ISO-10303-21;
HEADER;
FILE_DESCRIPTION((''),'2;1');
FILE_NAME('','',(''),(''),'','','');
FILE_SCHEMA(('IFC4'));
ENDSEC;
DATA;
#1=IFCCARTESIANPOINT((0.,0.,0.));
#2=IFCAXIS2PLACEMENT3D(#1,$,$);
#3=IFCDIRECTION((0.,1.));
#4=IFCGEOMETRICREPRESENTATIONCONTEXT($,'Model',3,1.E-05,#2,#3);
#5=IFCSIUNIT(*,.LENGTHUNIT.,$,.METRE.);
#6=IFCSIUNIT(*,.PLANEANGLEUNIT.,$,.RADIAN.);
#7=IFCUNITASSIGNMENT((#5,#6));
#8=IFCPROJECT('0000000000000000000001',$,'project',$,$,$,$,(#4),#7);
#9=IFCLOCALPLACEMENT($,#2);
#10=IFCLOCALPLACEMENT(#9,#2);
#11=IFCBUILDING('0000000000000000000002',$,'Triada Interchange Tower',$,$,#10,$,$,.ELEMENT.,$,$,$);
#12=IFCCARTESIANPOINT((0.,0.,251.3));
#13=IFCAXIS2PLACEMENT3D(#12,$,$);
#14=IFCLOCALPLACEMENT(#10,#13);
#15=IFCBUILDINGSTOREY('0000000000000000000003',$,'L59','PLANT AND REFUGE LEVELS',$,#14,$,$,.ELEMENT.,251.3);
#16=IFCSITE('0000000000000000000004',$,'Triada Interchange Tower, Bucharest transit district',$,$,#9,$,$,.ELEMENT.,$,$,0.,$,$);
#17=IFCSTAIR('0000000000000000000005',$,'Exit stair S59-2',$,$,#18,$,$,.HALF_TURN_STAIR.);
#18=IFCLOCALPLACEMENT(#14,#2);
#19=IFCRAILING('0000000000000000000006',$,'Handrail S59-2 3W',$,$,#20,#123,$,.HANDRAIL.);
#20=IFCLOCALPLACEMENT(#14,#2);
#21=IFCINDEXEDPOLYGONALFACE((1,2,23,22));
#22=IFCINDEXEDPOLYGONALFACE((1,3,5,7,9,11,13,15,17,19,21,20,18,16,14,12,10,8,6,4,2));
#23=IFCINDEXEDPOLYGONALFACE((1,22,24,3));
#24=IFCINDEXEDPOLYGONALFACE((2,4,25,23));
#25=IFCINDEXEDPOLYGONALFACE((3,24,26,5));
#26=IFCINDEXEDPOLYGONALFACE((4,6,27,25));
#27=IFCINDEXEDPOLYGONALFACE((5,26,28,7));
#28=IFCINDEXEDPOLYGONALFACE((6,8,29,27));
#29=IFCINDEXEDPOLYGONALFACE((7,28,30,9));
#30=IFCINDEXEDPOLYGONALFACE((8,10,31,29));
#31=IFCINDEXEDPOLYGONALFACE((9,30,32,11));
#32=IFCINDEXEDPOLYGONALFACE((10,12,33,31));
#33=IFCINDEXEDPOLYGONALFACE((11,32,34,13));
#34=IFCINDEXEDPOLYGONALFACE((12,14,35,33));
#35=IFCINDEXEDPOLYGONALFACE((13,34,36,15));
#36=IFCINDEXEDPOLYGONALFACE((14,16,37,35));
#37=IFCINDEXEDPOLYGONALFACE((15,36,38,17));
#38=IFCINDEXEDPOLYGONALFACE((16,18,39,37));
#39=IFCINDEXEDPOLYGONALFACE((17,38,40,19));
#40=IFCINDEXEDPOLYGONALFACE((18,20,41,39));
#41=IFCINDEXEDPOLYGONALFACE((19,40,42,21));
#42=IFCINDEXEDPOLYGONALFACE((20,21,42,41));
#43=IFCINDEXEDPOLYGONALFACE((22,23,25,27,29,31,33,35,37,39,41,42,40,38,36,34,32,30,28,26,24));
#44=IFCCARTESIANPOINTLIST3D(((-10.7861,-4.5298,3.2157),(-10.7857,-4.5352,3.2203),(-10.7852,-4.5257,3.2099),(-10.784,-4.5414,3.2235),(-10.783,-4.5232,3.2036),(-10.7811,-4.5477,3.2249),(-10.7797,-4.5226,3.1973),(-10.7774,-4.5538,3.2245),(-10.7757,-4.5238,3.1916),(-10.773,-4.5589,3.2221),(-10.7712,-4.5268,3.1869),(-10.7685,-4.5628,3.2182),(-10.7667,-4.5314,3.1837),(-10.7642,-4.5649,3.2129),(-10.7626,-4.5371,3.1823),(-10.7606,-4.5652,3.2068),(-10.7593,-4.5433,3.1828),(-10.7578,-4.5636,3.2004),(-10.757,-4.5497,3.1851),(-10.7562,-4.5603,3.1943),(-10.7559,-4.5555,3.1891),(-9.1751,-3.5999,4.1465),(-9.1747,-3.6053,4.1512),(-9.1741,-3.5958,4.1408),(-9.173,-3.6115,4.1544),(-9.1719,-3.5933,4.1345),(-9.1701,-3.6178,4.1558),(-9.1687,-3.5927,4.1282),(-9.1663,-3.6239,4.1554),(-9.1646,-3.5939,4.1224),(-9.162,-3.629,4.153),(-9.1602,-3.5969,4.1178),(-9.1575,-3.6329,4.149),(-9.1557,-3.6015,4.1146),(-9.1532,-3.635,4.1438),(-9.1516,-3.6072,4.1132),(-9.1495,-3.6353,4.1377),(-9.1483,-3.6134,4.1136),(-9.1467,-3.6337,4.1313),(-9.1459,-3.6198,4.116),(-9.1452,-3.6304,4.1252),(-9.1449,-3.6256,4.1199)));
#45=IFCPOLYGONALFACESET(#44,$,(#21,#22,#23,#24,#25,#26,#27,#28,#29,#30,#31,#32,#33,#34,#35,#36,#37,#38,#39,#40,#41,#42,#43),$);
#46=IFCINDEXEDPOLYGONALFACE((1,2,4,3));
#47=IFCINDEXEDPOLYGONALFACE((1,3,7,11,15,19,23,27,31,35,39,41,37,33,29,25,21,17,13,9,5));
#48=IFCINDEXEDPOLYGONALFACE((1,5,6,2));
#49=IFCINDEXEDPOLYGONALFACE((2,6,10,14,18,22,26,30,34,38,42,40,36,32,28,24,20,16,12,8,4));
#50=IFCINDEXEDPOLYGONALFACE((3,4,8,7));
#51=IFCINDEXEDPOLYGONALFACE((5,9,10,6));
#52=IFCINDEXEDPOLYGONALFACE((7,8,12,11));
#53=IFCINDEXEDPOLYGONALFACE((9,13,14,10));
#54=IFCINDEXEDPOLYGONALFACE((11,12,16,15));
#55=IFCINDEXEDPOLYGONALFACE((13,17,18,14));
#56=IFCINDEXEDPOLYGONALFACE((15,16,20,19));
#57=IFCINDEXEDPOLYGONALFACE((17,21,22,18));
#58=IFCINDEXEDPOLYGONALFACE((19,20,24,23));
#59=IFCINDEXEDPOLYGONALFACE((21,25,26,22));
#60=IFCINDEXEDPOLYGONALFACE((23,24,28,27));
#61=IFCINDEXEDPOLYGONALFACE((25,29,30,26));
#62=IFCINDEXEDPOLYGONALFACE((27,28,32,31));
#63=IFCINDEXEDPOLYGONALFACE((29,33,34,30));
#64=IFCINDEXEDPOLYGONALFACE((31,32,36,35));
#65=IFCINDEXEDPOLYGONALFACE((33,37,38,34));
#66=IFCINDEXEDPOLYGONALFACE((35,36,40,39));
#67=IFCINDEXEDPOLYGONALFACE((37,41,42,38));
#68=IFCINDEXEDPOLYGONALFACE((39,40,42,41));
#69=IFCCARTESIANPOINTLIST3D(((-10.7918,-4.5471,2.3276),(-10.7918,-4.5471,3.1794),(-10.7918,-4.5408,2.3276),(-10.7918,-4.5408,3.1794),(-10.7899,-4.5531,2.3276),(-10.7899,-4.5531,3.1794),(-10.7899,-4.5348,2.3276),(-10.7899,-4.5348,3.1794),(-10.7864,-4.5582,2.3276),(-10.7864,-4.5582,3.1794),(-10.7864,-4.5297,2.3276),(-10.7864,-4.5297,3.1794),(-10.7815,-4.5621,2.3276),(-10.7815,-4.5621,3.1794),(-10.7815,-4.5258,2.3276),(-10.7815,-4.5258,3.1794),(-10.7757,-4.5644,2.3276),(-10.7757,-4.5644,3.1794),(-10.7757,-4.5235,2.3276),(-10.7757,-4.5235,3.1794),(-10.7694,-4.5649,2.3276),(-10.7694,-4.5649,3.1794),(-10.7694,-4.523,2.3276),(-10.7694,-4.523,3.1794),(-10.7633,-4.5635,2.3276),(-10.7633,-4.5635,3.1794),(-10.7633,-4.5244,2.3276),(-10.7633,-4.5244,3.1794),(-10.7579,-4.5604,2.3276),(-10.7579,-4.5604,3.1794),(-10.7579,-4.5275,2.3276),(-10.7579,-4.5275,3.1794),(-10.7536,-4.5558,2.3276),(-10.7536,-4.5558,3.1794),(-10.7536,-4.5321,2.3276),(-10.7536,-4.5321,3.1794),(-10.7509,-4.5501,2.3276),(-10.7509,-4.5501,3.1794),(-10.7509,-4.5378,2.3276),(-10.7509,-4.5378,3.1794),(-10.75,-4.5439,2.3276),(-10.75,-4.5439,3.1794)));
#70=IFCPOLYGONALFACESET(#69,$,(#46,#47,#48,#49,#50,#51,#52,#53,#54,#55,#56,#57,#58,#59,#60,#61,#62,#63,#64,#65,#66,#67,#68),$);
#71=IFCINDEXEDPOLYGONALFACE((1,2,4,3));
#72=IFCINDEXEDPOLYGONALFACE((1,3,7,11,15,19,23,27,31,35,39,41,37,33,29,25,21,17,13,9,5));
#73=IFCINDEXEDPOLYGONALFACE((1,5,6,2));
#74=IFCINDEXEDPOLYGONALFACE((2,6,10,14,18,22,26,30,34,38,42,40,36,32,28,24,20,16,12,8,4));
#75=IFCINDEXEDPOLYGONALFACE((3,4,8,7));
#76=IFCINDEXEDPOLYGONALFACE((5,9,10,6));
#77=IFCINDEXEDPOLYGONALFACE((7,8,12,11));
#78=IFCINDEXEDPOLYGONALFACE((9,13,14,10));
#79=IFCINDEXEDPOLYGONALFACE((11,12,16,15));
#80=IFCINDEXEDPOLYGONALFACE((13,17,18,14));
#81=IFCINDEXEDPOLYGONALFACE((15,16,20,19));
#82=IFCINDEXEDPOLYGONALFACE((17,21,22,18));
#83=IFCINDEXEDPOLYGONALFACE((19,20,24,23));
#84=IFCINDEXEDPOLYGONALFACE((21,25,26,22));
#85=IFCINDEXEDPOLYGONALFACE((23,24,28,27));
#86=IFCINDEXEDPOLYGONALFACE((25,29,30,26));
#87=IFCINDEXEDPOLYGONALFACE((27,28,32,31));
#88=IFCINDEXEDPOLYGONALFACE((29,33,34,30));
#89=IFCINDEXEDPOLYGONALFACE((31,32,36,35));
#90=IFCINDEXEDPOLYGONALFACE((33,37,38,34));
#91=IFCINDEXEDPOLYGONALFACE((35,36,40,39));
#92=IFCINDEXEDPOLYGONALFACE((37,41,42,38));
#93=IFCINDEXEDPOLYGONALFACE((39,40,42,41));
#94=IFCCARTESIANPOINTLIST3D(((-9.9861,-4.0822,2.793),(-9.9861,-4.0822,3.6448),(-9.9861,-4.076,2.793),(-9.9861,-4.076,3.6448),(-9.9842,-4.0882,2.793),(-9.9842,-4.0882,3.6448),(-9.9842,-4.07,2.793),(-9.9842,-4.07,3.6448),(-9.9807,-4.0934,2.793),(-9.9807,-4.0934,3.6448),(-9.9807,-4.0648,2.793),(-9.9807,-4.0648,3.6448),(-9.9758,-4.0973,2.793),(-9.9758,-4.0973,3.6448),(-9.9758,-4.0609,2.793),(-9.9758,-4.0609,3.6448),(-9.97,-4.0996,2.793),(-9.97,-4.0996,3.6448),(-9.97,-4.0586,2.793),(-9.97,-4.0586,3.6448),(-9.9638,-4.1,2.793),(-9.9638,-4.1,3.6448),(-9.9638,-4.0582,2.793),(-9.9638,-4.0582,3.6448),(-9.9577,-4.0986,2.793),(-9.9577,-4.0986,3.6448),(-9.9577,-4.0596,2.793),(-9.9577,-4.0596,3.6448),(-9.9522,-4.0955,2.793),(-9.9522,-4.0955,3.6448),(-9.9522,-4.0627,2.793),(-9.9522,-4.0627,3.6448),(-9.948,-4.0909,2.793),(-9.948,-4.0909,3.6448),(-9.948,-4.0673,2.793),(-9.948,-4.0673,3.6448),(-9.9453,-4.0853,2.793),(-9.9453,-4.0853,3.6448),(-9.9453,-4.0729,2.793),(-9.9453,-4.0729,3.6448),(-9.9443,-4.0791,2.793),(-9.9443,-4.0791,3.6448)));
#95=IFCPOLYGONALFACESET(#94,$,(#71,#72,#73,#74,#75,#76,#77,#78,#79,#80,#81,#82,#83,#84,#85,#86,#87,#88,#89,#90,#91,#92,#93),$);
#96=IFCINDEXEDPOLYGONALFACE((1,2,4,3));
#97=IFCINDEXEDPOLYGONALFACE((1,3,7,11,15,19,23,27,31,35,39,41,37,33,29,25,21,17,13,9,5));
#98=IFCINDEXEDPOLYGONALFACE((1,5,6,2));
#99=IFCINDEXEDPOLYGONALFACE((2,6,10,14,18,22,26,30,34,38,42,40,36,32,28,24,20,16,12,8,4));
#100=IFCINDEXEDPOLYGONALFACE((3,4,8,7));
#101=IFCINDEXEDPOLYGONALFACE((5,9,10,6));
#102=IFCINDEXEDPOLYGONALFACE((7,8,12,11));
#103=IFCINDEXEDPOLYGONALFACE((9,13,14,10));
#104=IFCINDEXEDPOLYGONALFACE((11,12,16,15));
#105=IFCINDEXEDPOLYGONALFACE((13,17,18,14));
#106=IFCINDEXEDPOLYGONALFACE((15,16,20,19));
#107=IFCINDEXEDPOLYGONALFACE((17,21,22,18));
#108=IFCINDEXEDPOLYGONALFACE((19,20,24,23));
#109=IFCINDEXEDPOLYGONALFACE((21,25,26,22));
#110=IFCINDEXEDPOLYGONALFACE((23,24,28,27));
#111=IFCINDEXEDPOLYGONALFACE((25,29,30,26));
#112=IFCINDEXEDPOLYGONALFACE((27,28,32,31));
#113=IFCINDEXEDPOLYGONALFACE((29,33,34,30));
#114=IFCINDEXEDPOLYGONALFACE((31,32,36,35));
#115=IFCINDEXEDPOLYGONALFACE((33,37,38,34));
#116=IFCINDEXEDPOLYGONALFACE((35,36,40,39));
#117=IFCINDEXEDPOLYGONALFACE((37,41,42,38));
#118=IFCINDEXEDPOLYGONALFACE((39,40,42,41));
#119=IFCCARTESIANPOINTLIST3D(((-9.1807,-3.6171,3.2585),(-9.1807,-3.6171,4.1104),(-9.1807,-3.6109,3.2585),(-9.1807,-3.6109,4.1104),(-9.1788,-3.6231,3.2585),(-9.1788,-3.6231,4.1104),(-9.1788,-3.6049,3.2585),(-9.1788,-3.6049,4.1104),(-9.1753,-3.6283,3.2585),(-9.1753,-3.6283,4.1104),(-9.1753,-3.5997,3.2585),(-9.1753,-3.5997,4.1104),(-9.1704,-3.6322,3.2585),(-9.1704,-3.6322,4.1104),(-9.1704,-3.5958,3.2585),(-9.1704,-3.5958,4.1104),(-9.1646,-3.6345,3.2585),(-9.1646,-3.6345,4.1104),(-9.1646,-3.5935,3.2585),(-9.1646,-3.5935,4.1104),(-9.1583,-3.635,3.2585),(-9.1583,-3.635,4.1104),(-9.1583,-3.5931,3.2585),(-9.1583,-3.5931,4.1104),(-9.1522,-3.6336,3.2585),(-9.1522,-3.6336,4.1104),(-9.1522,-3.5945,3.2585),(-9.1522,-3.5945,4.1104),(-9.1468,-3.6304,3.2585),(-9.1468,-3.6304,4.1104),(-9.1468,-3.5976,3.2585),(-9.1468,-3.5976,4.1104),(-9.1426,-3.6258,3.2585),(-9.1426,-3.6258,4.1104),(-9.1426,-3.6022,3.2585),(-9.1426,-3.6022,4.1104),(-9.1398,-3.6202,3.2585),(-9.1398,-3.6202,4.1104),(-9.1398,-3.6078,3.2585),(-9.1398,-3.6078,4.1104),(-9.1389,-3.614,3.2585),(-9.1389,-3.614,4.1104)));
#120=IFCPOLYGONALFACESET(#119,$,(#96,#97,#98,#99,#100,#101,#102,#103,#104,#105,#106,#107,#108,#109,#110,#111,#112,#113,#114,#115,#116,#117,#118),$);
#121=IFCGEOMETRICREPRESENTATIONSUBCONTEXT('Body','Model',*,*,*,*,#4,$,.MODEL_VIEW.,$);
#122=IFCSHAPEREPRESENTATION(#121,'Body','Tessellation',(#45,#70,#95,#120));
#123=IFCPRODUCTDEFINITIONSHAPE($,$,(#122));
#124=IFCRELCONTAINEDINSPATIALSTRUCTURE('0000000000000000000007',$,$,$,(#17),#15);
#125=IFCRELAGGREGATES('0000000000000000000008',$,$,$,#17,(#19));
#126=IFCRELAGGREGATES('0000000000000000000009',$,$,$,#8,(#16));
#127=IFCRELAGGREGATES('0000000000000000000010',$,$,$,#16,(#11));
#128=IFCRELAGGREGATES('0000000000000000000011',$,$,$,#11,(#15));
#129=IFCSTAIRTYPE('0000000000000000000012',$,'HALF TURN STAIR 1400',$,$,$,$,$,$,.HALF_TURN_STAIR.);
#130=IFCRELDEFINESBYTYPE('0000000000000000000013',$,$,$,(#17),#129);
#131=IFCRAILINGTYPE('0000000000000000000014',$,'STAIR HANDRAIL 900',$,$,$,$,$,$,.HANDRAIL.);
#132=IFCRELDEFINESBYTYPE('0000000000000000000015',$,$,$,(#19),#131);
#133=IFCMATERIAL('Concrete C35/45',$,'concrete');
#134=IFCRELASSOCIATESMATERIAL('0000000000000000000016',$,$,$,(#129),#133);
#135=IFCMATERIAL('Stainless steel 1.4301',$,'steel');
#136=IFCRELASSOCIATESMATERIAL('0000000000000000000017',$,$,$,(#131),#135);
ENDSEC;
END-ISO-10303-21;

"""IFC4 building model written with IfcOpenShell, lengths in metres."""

from ifc_helpers import new_model, si_unit, direction, frame, origin, origin_2d, place, context, subcontext, project, spatial, circle, extrude, material, type_object, element, aggregate, save


model = new_model("IFC4")

# Units and contexts
model_context = context("Model", 3, precision=1e-05, world=origin(), true_north=direction((0.0, 1.0)))
body_context = subcontext(model_context, "Body", "Model", "MODEL_VIEW")
ifc_project = project(units=[si_unit("LENGTHUNIT", "METRE"), si_unit("PLANEANGLEUNIT", "RADIAN")], contexts=[model_context])

# Site, building, storey
site_placement = place(None, origin())
site = spatial("IfcSite", under=ifc_project, at=site_placement, Name="Triada Interchange Tower, Bucharest transit district", CompositionType="ELEMENT", RefElevation=0.0)
building_placement = place(site_placement, origin())
building = spatial("IfcBuilding", under=site, at=building_placement, Name="Triada Interchange Tower", CompositionType="ELEMENT")
storey_placement = place(building_placement, frame((0.0, 0.0, 251.3)))
storey = spatial("IfcBuildingStorey", under=building, at=storey_placement, Name="L59", Description="PLANT AND REFUGE LEVELS", CompositionType="ELEMENT", Elevation=251.3)

# Shared definitions
ifc_material_1 = material(Name="Concrete C35/45", Category="concrete")

# Stair, railing
stair_type = type_object("IfcStairType", Name="HALF TURN STAIR 1400", PredefinedType="HALF_TURN_STAIR", material=ifc_material_1)
stair_placement = place(storey_placement, origin())
stair = element("IfcStair", 1, at=stair_placement, inside=storey, type_object=stair_type, Name="Exit stair S59-2", PredefinedType="HALF_TURN_STAIR")
ifc_material_2 = material(Name="Stainless steel 1.4301", Category="steel")
railing_type_1 = type_object("IfcRailingType", Name="STAIR HANDRAIL 900", PredefinedType="HANDRAIL", material=ifc_material_2)
railing_1_placement = place(storey_placement, frame((-10.771, -4.5439, 2.3276)))
railing_1 = element("IfcRailing", 2, at=railing_1_placement, type_object=railing_type_1, Name="Handrail S59-2 3W", PredefinedType="HANDRAIL", context=body_context, shape_type="SweptSolid", body=[
    extrude(circle(Radius=0.0239, at=origin_2d()), frame((0.0, 0.0, 0.876), z_axis=(0.77451, 0.447054, 0.447523), x_axis=(-0.499908, 0.866079, 0.0)), (0.0, 0.0, 1.0), 2.0801),
    extrude(circle(Radius=0.021, at=origin_2d()), origin(), (0.0, 0.0, 1.0), 0.8518),
    extrude(circle(Radius=0.021, at=origin_2d()), frame((0.8057, 0.4648, 0.4653)), (0.0, 0.0, 1.0), 0.8518),
    extrude(circle(Radius=0.021, at=origin_2d()), frame((1.6111, 0.9299, 0.9309)), (0.0, 0.0, 1.0), 0.8518),
])
aggregate(stair, [railing_1])

save(model, "model.ifc")
